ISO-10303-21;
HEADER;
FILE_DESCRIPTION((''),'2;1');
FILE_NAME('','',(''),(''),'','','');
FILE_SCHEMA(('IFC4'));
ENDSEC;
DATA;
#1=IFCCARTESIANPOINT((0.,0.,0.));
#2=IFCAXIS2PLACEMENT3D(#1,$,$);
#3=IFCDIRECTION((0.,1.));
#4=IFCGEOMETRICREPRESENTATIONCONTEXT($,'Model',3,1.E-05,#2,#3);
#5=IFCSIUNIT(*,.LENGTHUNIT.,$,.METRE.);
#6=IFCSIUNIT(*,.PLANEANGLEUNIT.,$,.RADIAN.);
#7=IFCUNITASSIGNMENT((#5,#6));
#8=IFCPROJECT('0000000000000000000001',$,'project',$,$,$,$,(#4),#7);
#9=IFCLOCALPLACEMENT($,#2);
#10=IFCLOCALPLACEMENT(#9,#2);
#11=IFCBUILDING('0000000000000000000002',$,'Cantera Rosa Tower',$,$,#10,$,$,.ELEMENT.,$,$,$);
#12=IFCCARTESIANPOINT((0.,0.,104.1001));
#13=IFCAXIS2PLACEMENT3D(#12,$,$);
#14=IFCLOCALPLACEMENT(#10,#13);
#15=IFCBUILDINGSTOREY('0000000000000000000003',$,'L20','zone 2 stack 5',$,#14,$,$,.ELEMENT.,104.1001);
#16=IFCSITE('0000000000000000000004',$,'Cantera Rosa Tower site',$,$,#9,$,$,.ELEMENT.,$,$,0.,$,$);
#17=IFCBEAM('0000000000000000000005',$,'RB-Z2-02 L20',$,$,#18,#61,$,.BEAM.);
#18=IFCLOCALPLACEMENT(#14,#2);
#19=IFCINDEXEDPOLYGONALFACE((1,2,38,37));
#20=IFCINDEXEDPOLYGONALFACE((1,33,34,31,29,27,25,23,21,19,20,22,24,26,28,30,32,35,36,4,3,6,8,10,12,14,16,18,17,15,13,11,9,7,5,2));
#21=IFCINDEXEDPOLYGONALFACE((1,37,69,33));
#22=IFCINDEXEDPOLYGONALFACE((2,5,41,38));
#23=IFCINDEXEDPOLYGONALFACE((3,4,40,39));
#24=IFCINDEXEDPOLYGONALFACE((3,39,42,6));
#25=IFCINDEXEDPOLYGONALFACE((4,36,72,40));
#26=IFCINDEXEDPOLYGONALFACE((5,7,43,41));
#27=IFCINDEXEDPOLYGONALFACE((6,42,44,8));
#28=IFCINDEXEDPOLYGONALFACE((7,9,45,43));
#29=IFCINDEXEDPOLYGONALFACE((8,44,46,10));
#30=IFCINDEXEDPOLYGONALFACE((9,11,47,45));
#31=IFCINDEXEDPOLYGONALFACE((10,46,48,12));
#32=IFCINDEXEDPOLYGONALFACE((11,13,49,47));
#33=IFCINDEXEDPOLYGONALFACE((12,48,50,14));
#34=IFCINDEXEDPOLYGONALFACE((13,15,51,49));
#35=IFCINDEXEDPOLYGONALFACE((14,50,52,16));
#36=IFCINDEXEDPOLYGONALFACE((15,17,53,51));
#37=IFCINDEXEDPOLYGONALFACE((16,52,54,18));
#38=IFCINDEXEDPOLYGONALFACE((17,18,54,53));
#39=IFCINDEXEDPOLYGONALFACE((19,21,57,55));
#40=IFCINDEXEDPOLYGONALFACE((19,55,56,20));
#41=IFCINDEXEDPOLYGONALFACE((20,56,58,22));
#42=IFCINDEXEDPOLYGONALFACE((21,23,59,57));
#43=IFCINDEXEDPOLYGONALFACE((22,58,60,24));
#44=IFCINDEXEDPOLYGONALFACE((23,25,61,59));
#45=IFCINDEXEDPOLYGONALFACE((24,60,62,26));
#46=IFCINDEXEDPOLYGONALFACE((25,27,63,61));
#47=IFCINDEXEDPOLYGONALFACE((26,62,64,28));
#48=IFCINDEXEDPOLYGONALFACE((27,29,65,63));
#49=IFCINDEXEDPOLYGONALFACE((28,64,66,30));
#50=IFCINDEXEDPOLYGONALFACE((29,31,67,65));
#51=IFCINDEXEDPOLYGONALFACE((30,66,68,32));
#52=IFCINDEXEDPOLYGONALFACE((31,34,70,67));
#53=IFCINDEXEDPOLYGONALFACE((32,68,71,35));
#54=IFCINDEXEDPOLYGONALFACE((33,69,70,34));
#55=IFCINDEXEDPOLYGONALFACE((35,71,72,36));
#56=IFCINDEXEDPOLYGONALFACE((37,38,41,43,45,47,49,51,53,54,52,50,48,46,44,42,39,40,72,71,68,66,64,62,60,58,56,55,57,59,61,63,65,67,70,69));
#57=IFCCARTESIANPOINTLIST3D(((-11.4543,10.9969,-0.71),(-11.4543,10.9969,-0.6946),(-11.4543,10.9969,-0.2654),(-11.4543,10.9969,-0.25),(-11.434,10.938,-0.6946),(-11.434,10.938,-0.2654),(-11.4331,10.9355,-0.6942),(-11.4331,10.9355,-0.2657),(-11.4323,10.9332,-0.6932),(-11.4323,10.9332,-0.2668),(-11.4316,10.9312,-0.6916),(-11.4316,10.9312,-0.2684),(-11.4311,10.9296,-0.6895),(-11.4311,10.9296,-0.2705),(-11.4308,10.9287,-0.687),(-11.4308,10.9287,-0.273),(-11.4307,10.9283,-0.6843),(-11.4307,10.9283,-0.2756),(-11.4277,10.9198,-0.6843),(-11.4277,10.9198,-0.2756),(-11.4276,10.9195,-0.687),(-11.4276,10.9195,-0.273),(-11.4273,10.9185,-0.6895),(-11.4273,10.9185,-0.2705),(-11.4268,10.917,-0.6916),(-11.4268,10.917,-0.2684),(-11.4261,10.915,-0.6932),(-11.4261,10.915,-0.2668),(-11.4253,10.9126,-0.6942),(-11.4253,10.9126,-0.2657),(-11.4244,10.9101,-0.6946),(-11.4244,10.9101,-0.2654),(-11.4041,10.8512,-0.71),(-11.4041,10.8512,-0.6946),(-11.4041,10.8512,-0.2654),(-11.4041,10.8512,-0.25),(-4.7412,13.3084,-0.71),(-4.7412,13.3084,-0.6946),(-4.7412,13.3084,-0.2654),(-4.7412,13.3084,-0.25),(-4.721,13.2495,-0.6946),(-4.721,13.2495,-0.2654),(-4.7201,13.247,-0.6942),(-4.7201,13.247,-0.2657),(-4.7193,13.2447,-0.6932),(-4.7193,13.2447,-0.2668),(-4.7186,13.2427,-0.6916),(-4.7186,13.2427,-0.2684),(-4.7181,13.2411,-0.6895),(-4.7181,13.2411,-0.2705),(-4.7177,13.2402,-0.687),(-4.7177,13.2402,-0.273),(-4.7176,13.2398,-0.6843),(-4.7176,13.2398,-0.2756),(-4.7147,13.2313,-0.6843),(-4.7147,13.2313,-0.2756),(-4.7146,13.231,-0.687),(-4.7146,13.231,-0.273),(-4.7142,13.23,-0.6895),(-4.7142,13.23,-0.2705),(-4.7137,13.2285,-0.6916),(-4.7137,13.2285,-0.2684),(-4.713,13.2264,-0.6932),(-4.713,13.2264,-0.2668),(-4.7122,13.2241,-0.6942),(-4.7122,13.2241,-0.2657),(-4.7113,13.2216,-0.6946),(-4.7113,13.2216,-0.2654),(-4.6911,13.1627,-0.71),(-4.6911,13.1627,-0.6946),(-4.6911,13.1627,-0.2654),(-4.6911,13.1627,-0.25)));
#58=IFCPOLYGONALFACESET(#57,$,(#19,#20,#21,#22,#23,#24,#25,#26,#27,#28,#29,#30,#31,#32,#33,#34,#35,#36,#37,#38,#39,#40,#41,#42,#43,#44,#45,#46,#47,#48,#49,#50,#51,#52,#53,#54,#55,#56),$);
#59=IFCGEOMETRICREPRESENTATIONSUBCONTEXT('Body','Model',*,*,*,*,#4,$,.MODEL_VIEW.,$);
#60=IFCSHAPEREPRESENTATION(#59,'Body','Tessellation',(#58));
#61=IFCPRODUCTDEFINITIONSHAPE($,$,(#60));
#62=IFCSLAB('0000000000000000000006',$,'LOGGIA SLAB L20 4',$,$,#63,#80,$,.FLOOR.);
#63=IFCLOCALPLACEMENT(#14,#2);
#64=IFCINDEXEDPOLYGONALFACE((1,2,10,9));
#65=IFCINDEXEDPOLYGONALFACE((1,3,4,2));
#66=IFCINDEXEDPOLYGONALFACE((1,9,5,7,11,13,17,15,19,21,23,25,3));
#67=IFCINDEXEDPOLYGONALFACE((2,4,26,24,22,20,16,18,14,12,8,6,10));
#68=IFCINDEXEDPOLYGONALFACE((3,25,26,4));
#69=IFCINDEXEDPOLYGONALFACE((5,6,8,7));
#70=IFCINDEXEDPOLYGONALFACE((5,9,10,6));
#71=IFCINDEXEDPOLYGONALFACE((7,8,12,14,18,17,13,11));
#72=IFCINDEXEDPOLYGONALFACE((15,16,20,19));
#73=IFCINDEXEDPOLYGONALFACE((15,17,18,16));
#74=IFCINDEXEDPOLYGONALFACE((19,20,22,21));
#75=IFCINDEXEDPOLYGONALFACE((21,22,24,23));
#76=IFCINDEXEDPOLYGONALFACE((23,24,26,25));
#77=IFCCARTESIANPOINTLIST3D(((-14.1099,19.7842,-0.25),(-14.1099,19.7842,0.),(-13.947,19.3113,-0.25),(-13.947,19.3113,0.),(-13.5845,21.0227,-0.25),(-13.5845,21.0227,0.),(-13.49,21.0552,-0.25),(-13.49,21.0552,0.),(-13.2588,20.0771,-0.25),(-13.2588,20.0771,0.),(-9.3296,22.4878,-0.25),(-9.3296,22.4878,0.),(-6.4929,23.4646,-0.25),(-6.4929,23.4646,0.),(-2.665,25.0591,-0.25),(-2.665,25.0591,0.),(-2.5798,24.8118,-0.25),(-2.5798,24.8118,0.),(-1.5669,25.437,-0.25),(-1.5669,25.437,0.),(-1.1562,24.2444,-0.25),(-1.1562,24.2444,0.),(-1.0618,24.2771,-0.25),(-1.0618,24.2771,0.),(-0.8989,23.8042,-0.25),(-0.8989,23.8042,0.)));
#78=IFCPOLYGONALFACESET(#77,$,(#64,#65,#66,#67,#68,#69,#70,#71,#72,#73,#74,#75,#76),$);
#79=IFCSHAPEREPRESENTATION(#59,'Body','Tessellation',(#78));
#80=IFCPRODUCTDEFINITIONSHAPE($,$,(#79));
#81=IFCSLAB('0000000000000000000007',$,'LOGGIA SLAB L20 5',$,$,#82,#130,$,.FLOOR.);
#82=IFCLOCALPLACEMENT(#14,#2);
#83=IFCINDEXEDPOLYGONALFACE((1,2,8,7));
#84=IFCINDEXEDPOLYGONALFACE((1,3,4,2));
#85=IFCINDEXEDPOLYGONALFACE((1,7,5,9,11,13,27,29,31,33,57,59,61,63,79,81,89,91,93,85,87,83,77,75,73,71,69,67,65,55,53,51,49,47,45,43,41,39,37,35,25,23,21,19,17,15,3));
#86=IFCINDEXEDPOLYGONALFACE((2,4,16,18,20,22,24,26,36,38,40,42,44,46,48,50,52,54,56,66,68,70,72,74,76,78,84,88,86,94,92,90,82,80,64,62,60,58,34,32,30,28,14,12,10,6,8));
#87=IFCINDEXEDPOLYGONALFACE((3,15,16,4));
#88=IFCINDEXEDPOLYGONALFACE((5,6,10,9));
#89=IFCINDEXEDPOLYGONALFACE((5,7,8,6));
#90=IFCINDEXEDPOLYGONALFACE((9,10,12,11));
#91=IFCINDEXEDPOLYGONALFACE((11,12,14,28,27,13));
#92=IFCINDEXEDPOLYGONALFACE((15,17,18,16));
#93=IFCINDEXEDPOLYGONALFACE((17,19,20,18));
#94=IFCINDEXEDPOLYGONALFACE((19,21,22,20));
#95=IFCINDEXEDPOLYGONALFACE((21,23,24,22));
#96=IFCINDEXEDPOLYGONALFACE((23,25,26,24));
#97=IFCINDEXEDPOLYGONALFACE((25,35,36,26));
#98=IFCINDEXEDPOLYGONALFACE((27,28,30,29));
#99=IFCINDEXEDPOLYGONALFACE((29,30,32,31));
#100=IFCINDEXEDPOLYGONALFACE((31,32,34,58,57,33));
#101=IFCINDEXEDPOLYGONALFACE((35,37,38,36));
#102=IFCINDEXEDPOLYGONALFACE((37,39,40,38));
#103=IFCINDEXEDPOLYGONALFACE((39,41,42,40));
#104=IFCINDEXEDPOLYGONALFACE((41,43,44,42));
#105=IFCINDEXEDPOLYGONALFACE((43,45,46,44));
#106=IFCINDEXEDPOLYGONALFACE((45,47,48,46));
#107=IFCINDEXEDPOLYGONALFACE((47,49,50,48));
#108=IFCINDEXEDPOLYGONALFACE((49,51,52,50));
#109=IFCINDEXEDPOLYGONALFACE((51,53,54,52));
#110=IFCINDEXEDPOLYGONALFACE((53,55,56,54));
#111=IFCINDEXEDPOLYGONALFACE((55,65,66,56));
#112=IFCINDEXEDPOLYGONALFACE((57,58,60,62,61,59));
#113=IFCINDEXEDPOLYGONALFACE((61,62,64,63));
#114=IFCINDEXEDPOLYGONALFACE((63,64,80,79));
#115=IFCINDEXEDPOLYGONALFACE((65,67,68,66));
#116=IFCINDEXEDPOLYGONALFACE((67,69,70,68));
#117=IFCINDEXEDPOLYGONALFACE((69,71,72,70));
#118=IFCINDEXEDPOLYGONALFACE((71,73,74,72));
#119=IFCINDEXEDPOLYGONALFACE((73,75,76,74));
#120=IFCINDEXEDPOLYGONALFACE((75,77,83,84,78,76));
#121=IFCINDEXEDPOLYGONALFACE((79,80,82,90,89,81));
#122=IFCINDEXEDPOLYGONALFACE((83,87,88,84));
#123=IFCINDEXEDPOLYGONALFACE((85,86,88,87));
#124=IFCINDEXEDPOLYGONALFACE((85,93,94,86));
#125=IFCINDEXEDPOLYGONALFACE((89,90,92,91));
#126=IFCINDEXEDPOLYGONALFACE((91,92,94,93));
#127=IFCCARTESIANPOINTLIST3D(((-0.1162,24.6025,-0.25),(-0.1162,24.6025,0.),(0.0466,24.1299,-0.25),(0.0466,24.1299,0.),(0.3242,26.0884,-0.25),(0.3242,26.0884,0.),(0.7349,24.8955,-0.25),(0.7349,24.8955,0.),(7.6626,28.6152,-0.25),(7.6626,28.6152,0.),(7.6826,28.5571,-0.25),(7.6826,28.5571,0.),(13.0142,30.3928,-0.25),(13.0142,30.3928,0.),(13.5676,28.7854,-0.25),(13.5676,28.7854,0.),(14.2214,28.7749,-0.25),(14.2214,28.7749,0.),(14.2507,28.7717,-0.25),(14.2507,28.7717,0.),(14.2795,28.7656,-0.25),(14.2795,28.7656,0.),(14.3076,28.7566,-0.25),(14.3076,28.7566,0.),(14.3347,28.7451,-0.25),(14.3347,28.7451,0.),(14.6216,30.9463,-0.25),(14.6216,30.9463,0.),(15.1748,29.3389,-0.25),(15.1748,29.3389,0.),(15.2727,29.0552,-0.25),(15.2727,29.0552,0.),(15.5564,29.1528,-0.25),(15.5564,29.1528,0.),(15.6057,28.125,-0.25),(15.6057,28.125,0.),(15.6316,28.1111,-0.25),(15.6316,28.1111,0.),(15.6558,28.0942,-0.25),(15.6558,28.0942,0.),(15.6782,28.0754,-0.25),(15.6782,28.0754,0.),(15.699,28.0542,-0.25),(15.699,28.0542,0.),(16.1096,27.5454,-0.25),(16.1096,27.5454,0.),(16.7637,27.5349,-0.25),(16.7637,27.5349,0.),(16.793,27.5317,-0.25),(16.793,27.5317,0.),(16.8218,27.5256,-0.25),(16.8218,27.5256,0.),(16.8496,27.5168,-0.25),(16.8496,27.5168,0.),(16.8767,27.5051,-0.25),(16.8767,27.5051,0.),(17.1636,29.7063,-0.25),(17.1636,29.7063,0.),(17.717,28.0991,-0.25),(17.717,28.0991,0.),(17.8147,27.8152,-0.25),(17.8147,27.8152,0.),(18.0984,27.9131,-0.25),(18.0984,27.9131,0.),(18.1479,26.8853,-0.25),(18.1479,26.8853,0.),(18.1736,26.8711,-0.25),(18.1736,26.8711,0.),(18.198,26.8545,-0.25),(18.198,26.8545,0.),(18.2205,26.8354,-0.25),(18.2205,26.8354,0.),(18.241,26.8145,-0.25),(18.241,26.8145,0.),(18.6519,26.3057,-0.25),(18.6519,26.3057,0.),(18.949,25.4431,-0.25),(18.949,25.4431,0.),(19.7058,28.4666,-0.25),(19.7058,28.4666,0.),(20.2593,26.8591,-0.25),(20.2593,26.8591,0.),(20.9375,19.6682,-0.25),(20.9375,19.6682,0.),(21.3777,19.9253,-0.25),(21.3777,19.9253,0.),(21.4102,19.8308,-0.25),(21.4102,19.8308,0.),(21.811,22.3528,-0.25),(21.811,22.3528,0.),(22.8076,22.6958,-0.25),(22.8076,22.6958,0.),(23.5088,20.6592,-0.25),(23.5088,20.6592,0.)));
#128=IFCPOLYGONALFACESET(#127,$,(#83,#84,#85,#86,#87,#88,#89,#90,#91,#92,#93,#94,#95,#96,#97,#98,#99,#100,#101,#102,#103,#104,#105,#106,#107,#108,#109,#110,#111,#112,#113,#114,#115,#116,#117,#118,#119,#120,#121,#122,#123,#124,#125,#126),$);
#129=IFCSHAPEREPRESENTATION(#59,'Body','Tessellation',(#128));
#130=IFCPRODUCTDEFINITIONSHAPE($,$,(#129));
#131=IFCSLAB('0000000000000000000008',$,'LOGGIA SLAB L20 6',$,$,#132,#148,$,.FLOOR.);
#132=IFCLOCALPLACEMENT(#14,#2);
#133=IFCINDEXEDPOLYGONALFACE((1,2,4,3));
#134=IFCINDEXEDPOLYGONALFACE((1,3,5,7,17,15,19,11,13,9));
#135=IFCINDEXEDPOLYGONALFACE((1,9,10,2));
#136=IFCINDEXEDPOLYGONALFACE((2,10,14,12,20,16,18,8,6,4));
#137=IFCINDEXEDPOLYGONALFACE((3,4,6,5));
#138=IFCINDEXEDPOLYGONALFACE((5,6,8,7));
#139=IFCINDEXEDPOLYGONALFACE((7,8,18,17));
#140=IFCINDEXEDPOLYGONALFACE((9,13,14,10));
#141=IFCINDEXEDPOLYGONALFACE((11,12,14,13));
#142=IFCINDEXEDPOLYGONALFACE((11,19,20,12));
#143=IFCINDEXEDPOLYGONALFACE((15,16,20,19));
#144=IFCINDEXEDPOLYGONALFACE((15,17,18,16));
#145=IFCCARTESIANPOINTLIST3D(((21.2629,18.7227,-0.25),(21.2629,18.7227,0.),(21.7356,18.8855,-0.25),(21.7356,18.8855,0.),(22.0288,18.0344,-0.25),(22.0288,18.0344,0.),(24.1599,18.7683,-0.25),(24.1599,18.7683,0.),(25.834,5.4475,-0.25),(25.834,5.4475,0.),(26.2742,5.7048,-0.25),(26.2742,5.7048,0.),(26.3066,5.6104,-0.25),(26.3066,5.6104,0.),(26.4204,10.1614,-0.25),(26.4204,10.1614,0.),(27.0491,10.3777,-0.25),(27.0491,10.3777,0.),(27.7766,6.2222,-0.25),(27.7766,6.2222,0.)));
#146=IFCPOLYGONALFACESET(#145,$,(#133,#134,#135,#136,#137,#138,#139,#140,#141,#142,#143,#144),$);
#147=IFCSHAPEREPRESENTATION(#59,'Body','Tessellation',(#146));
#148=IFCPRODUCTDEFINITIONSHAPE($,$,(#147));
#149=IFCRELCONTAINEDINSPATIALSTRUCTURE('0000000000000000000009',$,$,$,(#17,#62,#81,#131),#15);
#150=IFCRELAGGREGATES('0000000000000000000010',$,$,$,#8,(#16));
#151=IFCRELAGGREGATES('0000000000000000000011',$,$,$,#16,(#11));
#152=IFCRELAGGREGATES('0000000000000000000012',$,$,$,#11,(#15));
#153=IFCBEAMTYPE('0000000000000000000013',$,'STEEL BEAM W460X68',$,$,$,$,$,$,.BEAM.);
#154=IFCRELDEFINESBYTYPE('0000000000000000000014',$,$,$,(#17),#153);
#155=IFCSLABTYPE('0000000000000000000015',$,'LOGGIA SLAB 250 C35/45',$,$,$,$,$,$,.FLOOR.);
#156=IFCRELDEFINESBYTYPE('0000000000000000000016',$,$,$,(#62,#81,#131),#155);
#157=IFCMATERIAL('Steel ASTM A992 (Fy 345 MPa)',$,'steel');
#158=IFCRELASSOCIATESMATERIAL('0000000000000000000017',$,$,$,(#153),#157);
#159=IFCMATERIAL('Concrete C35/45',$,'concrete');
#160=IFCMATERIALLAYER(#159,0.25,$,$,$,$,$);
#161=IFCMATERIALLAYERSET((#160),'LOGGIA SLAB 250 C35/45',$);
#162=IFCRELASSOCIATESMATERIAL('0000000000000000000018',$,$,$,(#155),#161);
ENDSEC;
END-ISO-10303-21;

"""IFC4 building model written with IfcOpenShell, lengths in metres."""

from ifc_helpers import new_model, si_unit, direction, frame, origin, origin_2d, place, context, subcontext, project, spatial, polyline, i_section, outline, extrude, material, layer, layer_set, material_profile, profile_set, type_object, element, save


model = new_model("IFC4")

# Units and contexts
model_context = context("Model", 3, precision=1e-05, world=origin(), true_north=direction((0.0, 1.0)))
body_context = subcontext(model_context, "Body", "Model", "MODEL_VIEW")
ifc_project = project(units=[si_unit("LENGTHUNIT", "METRE"), si_unit("PLANEANGLEUNIT", "RADIAN")], contexts=[model_context])

# Site, building, storey
site_placement = place(None, origin())
site = spatial("IfcSite", under=ifc_project, at=site_placement, Name="Cantera Rosa Tower site", CompositionType="ELEMENT", RefElevation=0.0)
building_placement = place(site_placement, origin())
building = spatial("IfcBuilding", under=site, at=building_placement, Name="Cantera Rosa Tower", CompositionType="ELEMENT")
storey_placement = place(building_placement, frame((0.0, 0.0, 104.1001)))
storey = spatial("IfcBuildingStorey", under=building, at=storey_placement, Name="L20", Description="zone 2 stack 5", CompositionType="ELEMENT", Elevation=104.1001)

# Beam
ifc_material_1 = material(Name="Steel ASTM A992 (Fy 345 MPa)", Category="steel")
ifc_material_profile = material_profile(ifc_material_1, i_section(OverallWidth=0.1541, OverallDepth=0.46, WebThickness=0.009, FlangeThickness=0.0154, FilletRadius=0.0103, at=origin_2d()), Name="W460X68")
ifc_profile_set = profile_set([ifc_material_profile], Name="Steel ASTM A992 (Fy 345 MPa)")
beam_type = type_object("IfcBeamType", Name="STEEL BEAM W460X68", PredefinedType="BEAM", material=ifc_profile_set)
beam_placement = place(storey_placement, frame((-11.4292, 10.9241, -0.48), z_axis=(0.945518, 0.325569, 0.0), x_axis=(-0.325569, 0.945518, 0.0)))
element("IfcBeam", 1, at=beam_placement, inside=storey, type_object=beam_type, Name="RB-Z2-02 L20", PredefinedType="BEAM", context=body_context, shape_type="SweptSolid", body=[
    extrude(i_section(OverallWidth=0.1541, OverallDepth=0.46, WebThickness=0.009, FlangeThickness=0.0154, FilletRadius=0.0103, at=origin_2d()), origin(), (0.0, 0.0, 1.0), 7.0999),
])

# Slabs
ifc_material_2 = material(Name="Concrete C35/45", Category="concrete")
ifc_layer_1 = layer(ifc_material_2, 0.25)
ifc_layer_set_1 = layer_set([ifc_layer_1], Name="LOGGIA SLAB 250 C35/45")
slab_type_1 = type_object("IfcSlabType", Name="LOGGIA SLAB 250 C35/45", PredefinedType="FLOOR", material=ifc_layer_set_1)
slab_1_placement = place(storey_placement, frame((0.0, 0.0, -0.25)))
element("IfcSlab", 2, at=slab_1_placement, inside=storey, type_object=slab_type_1, Name="LOGGIA SLAB L20 4", PredefinedType="FLOOR", context=body_context, shape_type="SweptSolid", body=[
    extrude(outline(polyline([(-6.4929, 23.4646), (-2.5798, 24.8118), (-2.665, 25.0591), (-1.5669, 25.437), (-1.1562, 24.2444), (-1.0618, 24.2771), (-0.8989, 23.8042), (-13.947, 19.3113), (-14.1099, 19.7842), (-13.2588, 20.0771), (-13.5845, 21.0227), (-13.49, 21.0552), (-9.3296, 22.4878), (-6.4929, 23.4646)])), origin(), (0.0, 0.0, 1.0), 0.25),
])
slab_2_placement = place(storey_placement, frame((0.0, 0.0, -0.25)))
element("IfcSlab", 3, at=slab_2_placement, inside=storey, type_object=slab_type_1, Name="LOGGIA SLAB L20 5", PredefinedType="FLOOR", context=body_context, shape_type="SweptSolid", body=[
    extrude(outline(polyline([(13.0142, 30.3928), (14.6216, 30.9463), (15.1748, 29.3389), (15.2727, 29.0552), (15.5564, 29.1528), (17.1636, 29.7063), (17.717, 28.0991), (17.8147, 27.8152), (18.0984, 27.9131), (19.7058, 28.4666), (20.2593, 26.8591), (21.811, 22.3528), (22.8076, 22.6958), (23.5088, 20.6592), (21.3777, 19.9253), (21.4102, 19.8308), (20.9375, 19.6682), (18.949, 25.4431), (18.6519, 26.3057), (18.241, 26.8145), (18.2205, 26.8354), (18.198, 26.8545), (18.1736, 26.8711), (18.1479, 26.8853), (16.8767, 27.5051), (16.8496, 27.5168), (16.8218, 27.5256), (16.793, 27.5317), (16.7637, 27.5349), (16.1096, 27.5454), (15.699, 28.0542), (15.6782, 28.0754), (15.6558, 28.0942), (15.6316, 28.1111), (15.6057, 28.125), (14.3347, 28.7451), (14.3076, 28.7566), (14.2795, 28.7656), (14.2507, 28.7717), (14.2214, 28.7749), (13.5676, 28.7854), (0.0466, 24.1299), (-0.1162, 24.6025), (0.7349, 24.8955), (0.3242, 26.0884), (7.6626, 28.6152), (7.6826, 28.5571), (13.0142, 30.3928)])), origin(), (0.0, 0.0, 1.0), 0.25),
])
slab_3_placement = place(storey_placement, frame((0.0, 0.0, -0.25)))
element("IfcSlab", 4, at=slab_3_placement, inside=storey, type_object=slab_type_1, Name="LOGGIA SLAB L20 6", PredefinedType="FLOOR", context=body_context, shape_type="SweptSolid", body=[
    extrude(outline(polyline([(27.7766, 6.2222), (26.2742, 5.7048), (26.3066, 5.6104), (25.834, 5.4475), (21.2629, 18.7227), (21.7356, 18.8855), (22.0288, 18.0344), (24.1599, 18.7683), (27.0491, 10.3777), (26.4204, 10.1614), (27.7766, 6.2222)])), origin(), (0.0, 0.0, 1.0), 0.25),
])

save(model, "model.ifc")
